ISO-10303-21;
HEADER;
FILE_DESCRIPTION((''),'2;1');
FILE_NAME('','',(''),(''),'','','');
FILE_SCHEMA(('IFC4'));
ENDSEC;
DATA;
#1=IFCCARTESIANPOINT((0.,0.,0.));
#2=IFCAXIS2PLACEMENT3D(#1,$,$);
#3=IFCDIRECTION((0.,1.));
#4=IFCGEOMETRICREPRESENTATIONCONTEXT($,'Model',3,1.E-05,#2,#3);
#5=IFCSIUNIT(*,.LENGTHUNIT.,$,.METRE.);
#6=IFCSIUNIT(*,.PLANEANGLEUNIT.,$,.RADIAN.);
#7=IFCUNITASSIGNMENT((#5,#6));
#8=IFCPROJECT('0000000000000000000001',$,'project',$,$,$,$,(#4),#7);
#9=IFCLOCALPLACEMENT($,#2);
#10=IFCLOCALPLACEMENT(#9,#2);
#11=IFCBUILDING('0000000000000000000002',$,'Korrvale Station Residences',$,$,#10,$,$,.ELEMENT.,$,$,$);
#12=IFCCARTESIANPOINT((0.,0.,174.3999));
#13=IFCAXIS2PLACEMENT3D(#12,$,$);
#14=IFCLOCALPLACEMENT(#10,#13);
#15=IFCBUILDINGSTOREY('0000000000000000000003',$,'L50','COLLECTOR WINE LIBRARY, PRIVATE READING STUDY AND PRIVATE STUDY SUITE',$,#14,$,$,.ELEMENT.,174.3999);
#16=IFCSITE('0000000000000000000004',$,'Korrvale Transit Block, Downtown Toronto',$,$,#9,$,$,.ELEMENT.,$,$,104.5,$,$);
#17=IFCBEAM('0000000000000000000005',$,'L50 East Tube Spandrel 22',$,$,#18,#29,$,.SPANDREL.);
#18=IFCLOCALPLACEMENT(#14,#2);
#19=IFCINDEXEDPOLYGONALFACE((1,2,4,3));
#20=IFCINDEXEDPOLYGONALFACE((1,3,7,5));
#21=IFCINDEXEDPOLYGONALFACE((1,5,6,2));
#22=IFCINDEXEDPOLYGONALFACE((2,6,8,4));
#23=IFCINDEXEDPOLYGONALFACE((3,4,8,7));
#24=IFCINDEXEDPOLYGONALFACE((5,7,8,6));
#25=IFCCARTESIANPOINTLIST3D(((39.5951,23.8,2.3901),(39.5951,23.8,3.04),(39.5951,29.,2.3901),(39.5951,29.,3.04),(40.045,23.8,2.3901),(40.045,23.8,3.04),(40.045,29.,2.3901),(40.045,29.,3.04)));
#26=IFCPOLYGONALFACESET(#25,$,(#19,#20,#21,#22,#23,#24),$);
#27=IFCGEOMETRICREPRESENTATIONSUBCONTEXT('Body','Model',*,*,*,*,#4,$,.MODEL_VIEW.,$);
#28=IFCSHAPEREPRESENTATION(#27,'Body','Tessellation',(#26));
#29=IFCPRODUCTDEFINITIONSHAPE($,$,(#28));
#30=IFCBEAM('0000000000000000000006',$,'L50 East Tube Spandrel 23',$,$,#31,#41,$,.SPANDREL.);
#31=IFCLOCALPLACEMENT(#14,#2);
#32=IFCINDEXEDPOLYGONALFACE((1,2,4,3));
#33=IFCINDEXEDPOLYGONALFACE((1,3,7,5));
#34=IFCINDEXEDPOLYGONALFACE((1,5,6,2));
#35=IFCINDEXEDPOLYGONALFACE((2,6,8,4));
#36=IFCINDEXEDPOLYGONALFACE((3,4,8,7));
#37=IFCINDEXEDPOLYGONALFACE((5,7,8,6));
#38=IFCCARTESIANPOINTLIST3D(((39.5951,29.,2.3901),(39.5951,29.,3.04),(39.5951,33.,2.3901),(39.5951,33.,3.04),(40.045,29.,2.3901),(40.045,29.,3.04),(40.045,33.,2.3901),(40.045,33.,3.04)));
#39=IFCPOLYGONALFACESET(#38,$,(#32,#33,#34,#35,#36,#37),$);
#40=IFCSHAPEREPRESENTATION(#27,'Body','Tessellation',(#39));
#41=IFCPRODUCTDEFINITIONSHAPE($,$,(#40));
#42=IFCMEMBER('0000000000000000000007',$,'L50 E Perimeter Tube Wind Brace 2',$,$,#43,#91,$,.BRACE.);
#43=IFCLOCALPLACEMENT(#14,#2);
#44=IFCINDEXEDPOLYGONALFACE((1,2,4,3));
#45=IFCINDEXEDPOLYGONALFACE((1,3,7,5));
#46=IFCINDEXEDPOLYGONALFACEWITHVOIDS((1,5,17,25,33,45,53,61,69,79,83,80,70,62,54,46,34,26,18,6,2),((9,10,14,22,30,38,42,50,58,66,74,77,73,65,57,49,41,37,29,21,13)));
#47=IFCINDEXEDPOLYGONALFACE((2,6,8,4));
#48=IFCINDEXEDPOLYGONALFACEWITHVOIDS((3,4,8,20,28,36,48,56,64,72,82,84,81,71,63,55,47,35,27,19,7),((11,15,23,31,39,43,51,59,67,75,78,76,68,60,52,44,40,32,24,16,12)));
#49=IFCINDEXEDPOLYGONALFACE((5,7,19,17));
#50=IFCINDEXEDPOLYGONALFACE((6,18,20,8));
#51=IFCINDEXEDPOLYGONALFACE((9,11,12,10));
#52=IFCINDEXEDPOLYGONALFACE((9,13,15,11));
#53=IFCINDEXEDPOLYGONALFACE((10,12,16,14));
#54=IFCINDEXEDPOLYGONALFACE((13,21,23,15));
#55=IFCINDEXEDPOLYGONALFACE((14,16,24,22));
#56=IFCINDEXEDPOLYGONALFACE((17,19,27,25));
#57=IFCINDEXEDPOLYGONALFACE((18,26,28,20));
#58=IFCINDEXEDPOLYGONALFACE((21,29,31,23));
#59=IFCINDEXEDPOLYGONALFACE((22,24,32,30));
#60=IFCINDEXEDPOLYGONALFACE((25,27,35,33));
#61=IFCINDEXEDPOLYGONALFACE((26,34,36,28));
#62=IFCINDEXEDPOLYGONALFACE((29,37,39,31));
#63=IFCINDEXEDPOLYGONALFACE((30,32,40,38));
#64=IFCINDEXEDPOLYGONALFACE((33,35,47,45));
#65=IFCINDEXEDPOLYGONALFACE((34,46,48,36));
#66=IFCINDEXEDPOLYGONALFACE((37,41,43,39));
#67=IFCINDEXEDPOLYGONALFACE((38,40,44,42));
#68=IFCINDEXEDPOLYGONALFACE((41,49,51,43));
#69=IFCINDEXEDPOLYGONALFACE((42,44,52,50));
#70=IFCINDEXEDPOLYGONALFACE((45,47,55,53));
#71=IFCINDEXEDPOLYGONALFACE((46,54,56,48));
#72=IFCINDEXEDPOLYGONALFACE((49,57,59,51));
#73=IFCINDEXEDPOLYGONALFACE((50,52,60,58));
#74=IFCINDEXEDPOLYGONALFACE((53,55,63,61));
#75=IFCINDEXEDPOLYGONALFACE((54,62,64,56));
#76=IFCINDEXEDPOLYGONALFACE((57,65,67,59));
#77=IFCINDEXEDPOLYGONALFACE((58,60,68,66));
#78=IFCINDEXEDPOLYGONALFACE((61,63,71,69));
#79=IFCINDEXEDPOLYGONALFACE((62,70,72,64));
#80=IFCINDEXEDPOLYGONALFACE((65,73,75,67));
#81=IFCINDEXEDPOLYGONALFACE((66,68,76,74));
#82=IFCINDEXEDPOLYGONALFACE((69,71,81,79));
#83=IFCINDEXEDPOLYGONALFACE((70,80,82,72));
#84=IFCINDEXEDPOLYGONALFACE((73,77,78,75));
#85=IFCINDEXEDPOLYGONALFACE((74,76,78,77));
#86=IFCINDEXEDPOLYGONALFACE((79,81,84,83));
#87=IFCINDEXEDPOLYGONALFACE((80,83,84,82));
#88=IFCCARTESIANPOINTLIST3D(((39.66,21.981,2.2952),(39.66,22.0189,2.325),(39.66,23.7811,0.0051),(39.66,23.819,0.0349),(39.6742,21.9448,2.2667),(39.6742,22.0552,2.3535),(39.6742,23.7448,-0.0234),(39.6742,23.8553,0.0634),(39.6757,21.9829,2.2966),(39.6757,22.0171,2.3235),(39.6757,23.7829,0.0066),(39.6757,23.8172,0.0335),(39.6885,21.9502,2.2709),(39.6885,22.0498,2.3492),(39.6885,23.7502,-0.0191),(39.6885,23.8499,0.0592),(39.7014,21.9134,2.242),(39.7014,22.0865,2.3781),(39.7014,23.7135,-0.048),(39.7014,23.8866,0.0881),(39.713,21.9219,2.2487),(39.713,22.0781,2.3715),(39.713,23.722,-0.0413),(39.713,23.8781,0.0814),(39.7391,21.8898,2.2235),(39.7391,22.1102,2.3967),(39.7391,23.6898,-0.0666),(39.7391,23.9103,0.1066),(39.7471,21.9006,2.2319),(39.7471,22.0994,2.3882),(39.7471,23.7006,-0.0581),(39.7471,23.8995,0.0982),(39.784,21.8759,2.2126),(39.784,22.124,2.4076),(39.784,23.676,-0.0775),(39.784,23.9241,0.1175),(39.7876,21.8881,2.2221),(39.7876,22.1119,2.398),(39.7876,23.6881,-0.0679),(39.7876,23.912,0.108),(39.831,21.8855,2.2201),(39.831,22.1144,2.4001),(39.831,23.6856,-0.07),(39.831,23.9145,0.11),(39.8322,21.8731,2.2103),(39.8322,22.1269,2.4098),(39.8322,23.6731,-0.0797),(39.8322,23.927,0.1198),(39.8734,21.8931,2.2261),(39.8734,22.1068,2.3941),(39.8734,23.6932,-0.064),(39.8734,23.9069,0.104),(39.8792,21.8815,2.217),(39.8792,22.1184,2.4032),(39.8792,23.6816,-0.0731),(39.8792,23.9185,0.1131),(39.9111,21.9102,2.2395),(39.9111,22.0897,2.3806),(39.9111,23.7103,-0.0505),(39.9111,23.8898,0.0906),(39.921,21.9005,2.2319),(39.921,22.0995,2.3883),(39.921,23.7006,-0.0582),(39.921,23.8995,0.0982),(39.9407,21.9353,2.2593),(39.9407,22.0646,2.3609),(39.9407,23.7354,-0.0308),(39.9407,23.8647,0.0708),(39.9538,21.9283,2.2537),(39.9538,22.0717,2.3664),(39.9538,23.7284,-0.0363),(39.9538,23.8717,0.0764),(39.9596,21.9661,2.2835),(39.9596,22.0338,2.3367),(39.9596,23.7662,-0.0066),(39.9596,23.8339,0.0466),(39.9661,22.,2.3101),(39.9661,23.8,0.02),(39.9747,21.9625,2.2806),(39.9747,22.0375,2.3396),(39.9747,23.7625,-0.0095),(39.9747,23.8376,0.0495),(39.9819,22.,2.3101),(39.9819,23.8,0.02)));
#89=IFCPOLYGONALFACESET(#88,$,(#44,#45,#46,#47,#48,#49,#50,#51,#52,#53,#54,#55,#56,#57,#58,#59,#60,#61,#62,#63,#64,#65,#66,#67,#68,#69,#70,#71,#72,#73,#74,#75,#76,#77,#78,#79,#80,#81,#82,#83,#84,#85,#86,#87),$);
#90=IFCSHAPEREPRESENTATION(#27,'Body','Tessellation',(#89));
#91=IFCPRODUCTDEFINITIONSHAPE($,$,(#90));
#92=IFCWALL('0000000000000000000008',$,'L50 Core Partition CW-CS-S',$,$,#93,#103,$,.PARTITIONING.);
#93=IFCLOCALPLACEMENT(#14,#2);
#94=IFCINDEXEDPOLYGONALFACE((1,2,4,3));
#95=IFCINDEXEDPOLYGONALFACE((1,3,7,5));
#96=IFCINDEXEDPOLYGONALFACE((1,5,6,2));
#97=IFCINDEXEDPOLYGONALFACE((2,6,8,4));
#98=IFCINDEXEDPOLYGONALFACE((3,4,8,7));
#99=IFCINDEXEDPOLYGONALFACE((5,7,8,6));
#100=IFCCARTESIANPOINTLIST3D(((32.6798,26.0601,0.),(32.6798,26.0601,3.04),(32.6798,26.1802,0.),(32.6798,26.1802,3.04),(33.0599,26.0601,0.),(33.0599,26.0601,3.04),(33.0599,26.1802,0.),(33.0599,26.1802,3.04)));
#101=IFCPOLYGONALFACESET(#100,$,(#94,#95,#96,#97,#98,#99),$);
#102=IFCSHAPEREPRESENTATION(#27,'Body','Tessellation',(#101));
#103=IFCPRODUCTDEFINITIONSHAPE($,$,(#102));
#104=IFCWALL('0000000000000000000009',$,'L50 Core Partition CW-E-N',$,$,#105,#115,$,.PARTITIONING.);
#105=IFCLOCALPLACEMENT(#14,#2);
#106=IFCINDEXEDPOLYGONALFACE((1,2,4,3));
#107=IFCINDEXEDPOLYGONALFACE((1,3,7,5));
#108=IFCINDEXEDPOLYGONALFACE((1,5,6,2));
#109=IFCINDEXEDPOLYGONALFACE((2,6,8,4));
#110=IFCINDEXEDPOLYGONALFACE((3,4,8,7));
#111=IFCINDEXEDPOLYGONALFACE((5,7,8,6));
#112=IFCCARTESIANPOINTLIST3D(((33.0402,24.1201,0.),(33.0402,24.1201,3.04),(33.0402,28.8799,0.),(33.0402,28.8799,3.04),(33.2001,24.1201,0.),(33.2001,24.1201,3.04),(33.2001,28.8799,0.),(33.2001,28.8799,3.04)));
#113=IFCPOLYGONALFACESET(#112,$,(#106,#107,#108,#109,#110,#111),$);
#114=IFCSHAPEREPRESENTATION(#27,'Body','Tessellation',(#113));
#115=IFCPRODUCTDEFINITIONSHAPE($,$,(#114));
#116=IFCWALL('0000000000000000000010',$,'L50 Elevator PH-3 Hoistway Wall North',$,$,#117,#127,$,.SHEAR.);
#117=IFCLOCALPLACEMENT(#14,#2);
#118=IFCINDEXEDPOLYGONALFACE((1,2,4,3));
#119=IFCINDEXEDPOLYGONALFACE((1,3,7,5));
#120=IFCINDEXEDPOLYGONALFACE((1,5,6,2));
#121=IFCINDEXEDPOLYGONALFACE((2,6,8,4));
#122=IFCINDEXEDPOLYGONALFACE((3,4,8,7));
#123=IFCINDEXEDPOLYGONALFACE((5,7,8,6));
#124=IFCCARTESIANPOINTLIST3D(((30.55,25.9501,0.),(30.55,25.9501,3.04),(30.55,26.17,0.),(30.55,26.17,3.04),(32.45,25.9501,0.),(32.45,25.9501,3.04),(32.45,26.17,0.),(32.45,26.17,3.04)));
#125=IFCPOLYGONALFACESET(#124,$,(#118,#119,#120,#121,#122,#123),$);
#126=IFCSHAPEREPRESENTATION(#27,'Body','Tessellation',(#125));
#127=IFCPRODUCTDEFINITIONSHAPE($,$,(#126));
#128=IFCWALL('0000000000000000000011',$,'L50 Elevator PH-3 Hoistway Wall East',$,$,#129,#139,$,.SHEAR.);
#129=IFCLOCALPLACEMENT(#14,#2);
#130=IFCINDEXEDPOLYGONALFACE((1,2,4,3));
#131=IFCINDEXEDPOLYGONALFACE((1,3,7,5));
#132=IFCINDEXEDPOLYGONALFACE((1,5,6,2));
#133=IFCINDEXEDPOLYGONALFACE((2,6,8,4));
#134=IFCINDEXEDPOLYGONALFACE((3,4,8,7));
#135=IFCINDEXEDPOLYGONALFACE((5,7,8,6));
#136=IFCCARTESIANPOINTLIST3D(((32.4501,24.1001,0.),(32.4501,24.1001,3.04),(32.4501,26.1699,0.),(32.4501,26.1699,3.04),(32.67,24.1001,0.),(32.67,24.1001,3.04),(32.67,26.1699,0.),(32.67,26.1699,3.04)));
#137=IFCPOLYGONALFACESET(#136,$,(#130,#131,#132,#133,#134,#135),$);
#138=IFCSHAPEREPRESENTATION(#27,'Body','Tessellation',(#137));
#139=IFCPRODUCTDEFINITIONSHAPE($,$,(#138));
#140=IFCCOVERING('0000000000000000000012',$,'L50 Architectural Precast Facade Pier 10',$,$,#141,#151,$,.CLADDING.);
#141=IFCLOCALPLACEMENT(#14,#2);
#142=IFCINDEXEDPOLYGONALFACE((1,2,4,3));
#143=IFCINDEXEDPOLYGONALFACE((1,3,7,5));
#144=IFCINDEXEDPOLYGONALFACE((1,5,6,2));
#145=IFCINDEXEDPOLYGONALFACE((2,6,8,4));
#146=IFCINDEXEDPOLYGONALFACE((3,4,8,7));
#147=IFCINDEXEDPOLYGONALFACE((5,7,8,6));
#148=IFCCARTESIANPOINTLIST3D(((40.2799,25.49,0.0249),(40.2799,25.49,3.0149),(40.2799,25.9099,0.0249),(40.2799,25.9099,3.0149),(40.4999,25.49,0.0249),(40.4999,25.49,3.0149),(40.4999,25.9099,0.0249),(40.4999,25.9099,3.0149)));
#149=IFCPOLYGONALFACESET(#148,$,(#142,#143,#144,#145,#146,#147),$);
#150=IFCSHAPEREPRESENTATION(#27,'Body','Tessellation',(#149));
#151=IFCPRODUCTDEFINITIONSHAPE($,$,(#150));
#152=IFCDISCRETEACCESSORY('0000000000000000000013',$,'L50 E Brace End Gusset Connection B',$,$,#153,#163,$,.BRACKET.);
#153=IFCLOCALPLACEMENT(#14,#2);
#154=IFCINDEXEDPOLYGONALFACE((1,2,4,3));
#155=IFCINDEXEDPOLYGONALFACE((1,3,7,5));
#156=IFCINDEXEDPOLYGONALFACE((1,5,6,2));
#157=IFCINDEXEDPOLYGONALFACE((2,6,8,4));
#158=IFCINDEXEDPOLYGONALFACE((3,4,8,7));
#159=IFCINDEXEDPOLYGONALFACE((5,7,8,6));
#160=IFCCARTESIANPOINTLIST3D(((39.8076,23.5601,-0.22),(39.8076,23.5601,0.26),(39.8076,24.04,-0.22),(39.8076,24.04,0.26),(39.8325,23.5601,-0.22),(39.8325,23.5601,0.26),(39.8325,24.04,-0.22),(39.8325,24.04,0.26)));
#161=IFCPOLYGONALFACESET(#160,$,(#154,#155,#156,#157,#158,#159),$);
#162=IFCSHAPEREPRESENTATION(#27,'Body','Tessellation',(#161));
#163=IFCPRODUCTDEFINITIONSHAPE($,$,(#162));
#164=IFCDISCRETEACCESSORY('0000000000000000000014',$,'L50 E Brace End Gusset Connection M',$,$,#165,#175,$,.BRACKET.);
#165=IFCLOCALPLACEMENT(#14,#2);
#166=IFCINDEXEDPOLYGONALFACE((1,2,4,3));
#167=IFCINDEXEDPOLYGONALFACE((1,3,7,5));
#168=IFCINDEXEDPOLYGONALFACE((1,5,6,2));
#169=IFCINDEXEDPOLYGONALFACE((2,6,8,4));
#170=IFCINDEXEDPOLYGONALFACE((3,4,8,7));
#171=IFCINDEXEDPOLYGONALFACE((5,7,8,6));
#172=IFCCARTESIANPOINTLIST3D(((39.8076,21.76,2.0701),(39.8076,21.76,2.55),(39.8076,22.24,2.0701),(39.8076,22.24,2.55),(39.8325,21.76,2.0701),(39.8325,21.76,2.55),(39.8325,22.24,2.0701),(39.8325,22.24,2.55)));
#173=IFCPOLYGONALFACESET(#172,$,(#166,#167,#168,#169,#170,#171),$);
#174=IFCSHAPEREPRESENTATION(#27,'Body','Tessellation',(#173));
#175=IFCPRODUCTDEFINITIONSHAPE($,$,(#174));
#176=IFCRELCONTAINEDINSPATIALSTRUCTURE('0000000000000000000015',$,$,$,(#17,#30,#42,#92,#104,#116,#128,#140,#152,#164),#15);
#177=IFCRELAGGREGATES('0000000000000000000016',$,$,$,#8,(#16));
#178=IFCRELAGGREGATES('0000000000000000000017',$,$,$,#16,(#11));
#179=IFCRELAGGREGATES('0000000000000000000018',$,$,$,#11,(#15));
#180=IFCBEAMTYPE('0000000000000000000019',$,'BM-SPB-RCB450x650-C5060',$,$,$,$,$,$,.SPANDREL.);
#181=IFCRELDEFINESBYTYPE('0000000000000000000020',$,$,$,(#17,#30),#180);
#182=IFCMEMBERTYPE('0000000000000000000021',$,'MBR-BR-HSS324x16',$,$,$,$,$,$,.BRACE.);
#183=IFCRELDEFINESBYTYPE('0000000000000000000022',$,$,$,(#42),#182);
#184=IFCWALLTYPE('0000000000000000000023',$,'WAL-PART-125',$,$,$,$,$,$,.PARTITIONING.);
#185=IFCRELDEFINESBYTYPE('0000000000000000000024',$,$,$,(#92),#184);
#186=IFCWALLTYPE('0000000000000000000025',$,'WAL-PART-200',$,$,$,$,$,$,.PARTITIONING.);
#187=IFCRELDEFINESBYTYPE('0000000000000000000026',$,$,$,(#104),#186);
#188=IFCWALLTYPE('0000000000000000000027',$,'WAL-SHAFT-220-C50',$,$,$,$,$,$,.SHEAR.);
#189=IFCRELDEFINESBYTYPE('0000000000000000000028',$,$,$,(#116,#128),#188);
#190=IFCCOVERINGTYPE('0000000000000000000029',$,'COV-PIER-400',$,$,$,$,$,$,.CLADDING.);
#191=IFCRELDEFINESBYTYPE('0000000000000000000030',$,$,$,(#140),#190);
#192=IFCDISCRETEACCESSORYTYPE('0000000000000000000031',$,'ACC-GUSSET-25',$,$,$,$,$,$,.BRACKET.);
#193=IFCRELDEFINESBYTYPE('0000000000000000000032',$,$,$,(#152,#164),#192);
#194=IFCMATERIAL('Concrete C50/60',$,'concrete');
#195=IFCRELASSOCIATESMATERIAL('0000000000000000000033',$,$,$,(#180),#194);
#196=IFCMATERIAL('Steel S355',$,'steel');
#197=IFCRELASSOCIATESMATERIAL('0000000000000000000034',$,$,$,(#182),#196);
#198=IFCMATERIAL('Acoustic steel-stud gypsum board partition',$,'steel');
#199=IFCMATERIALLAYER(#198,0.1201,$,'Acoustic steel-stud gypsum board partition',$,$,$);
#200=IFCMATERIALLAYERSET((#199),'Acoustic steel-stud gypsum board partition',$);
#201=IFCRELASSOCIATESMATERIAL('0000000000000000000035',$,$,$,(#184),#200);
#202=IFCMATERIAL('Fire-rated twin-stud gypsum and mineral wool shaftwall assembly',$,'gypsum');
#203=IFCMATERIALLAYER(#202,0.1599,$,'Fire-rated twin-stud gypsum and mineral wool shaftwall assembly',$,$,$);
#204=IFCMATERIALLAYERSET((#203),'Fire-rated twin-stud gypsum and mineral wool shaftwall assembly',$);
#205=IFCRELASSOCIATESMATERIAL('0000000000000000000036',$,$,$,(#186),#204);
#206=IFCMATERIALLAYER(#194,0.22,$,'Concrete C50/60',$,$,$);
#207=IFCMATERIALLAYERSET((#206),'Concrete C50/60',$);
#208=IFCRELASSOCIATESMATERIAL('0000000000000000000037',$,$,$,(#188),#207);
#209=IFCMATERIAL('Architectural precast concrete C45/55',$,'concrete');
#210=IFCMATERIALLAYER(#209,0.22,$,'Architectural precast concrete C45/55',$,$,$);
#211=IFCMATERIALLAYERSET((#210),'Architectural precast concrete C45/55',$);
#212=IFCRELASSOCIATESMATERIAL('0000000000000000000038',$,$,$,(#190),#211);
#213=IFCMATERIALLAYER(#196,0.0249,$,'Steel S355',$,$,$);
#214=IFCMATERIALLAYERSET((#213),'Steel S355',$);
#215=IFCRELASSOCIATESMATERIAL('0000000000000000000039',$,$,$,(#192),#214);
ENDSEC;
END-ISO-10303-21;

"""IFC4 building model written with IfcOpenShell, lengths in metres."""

from ifc_helpers import new_model, si_unit, direction, frame, frame_2d, origin, origin_2d, place, context, subcontext, project, spatial, rectangle, hollow_circle, extrude, material, layer, layer_set, material_profile, profile_set, type_object, element, save


model = new_model("IFC4")

# Units and contexts
model_context = context("Model", 3, precision=1e-05, world=origin(), true_north=direction((0.0, 1.0)))
body_context = subcontext(model_context, "Body", "Model", "MODEL_VIEW")
ifc_project = project(units=[si_unit("LENGTHUNIT", "METRE"), si_unit("PLANEANGLEUNIT", "RADIAN")], contexts=[model_context])

# Site, building, storey
site_placement = place(None, origin())
site = spatial("IfcSite", under=ifc_project, at=site_placement, Name="Korrvale Transit Block, Downtown Toronto", CompositionType="ELEMENT", RefElevation=104.5)
building_placement = place(site_placement, origin())
building = spatial("IfcBuilding", under=site, at=building_placement, Name="Korrvale Station Residences", CompositionType="ELEMENT")
storey_placement = place(building_placement, frame((0.0, 0.0, 174.3999)))
storey = spatial("IfcBuildingStorey", under=building, at=storey_placement, Name="L50", Description="COLLECTOR WINE LIBRARY, PRIVATE READING STUDY AND PRIVATE STUDY SUITE", CompositionType="ELEMENT", Elevation=174.3999)

# Shared definitions
ifc_material_1 = material(Name="Concrete C50/60", Category="concrete")

# Beams
ifc_material_2 = material(Name="Steel S355", Category="steel")
ifc_material_profile_1 = material_profile(ifc_material_1, rectangle(XDim=0.45, YDim=0.6499, at=origin_2d()), Name="RCB450x650")
ifc_profile_set_1 = profile_set([ifc_material_profile_1], Name="Concrete C50/60")
beam_type_1 = type_object("IfcBeamType", Name="BM-SPB-RCB450x650-C5060", PredefinedType="SPANDREL", material=ifc_profile_set_1)
beam_1_placement = place(storey_placement, frame((39.8201, 23.8, 2.7151), z_axis=(0.0, 1.0, 0.0), x_axis=(-1.0, 0.0, 0.0)))
element("IfcBeam", 1, at=beam_1_placement, inside=storey, type_object=beam_type_1, Name="L50 East Tube Spandrel 22", PredefinedType="SPANDREL", context=body_context, shape_type="SweptSolid", body=[
    extrude(rectangle(XDim=0.45, YDim=0.6499, at=origin_2d()), origin(), (0.0, 0.0, 1.0), 5.2),
])
beam_2_placement = place(storey_placement, frame((39.8201, 29.0, 2.7151), z_axis=(0.0, 1.0, 0.0), x_axis=(-1.0, 0.0, 0.0)))
element("IfcBeam", 2, at=beam_2_placement, inside=storey, type_object=beam_type_1, Name="L50 East Tube Spandrel 23", PredefinedType="SPANDREL", context=body_context, shape_type="SweptSolid", body=[
    extrude(rectangle(XDim=0.45, YDim=0.6499, at=origin_2d()), origin(), (0.0, 0.0, 1.0), 4.0),
])

# Member
ifc_material_profile_2 = material_profile(ifc_material_2, hollow_circle(Radius=0.1619, WallThickness=0.0159, at=origin_2d()), Name="HSS324x16")
ifc_profile_set_2 = profile_set([ifc_material_profile_2], Name="Steel S355")
member_type = type_object("IfcMemberType", Name="MBR-BR-HSS324x16", PredefinedType="BRACE", material=ifc_profile_set_2)
member_placement = place(storey_placement, frame((39.8201, 23.8, 0.02), z_axis=(0.0, -0.617977, 0.786196), x_axis=(1.0, 0.0, 0.0)))
element("IfcMember", 3, at=member_placement, inside=storey, type_object=member_type, Name="L50 E Perimeter Tube Wind Brace 2", PredefinedType="BRACE", context=body_context, shape_type="SweptSolid", body=[
    extrude(hollow_circle(Radius=0.1619, WallThickness=0.0159, at=origin_2d()), origin(), (0.0, 0.0, 1.0), 2.9128),
])

# Walls
ifc_material_3 = material(Name="Acoustic steel-stud gypsum board partition", Category="steel")
ifc_layer_1 = layer(ifc_material_3, 0.1201, Name="Acoustic steel-stud gypsum board partition")
ifc_layer_set_1 = layer_set([ifc_layer_1], Name="Acoustic steel-stud gypsum board partition")
wall_type_1 = type_object("IfcWallType", Name="WAL-PART-125", PredefinedType="PARTITIONING", material=ifc_layer_set_1)
wall_1_placement = place(storey_placement, frame((32.6799, 26.1201, 0.0), z_axis=(0.0, 0.0, 1.0), x_axis=(1.0, 0.0, 0.0)))
element("IfcWall", 4, at=wall_1_placement, inside=storey, type_object=wall_type_1, Name="L50 Core Partition CW-CS-S", PredefinedType="PARTITIONING", context=body_context, shape_type="SweptSolid", body=[
    extrude(rectangle(XDim=0.3801, YDim=0.1201, at=frame_2d((0.1899, 0.0))), origin(), (0.0, 0.0, 1.0), 3.04),
])
ifc_material_4 = material(Name="Fire-rated twin-stud gypsum and mineral wool shaftwall assembly", Category="gypsum")
ifc_layer_2 = layer(ifc_material_4, 0.1599, Name="Fire-rated twin-stud gypsum and mineral wool shaftwall assembly")
ifc_layer_set_2 = layer_set([ifc_layer_2], Name="Fire-rated twin-stud gypsum and mineral wool shaftwall assembly")
wall_type_2 = type_object("IfcWallType", Name="WAL-PART-200", PredefinedType="PARTITIONING", material=ifc_layer_set_2)
wall_2_placement = place(storey_placement, frame((33.1201, 24.1201, 0.0), z_axis=(0.0, 0.0, 1.0), x_axis=(0.0, 1.0, 0.0)))
element("IfcWall", 5, at=wall_2_placement, inside=storey, type_object=wall_type_2, Name="L50 Core Partition CW-E-N", PredefinedType="PARTITIONING", context=body_context, shape_type="SweptSolid", body=[
    extrude(rectangle(XDim=4.7598, YDim=0.1599, at=frame_2d((2.3799, 0.0))), origin(), (0.0, 0.0, 1.0), 3.04),
])
ifc_layer_3 = layer(ifc_material_1, 0.22, Name="Concrete C50/60")
ifc_layer_set_3 = layer_set([ifc_layer_3], Name="Concrete C50/60")
wall_type_3 = type_object("IfcWallType", Name="WAL-SHAFT-220-C50", PredefinedType="SHEAR", material=ifc_layer_set_3)
wall_3_placement = place(storey_placement, frame((30.55, 26.0601, 0.0), z_axis=(0.0, 0.0, 1.0), x_axis=(1.0, 0.0, 0.0)))
element("IfcWall", 6, at=wall_3_placement, inside=storey, type_object=wall_type_3, Name="L50 Elevator PH-3 Hoistway Wall North", PredefinedType="SHEAR", context=body_context, shape_type="SweptSolid", body=[
    extrude(rectangle(XDim=1.8999, YDim=0.22, at=frame_2d((0.95, 0.0))), origin(), (0.0, 0.0, 1.0), 3.04),
])

# Wall
wall_4_placement = place(storey_placement, frame((32.5601, 24.1001, 0.0), z_axis=(0.0, 0.0, 1.0), x_axis=(0.0, 1.0, 0.0)))
element("IfcWall", 7, at=wall_4_placement, inside=storey, type_object=wall_type_3, Name="L50 Elevator PH-3 Hoistway Wall East", PredefinedType="SHEAR", context=body_context, shape_type="SweptSolid", body=[
    extrude(rectangle(XDim=2.0698, YDim=0.22, at=frame_2d((1.0349, 0.0))), origin(), (0.0, 0.0, 1.0), 3.04),
])

# Covering
ifc_material_5 = material(Name="Architectural precast concrete C45/55", Category="concrete")
ifc_layer_4 = layer(ifc_material_5, 0.22, Name="Architectural precast concrete C45/55")
ifc_layer_set_4 = layer_set([ifc_layer_4], Name="Architectural precast concrete C45/55")
covering_type = type_object("IfcCoveringType", Name="COV-PIER-400", PredefinedType="CLADDING", material=ifc_layer_set_4)
covering_placement = place(storey_placement, frame((40.3899, 25.7, 0.0249), z_axis=(0.0, 0.0, 1.0), x_axis=(0.0, 1.0, 0.0)))
element("IfcCovering", 8, at=covering_placement, inside=storey, type_object=covering_type, Name="L50 Architectural Precast Facade Pier 10", PredefinedType="CLADDING", context=body_context, shape_type="SweptSolid", body=[
    extrude(rectangle(XDim=0.4199, YDim=0.22, at=origin_2d()), origin(), (0.0, 0.0, 1.0), 2.99),
])

# Discrete accessories
ifc_layer_5 = layer(ifc_material_2, 0.0249, Name="Steel S355")
ifc_layer_set_5 = layer_set([ifc_layer_5], Name="Steel S355")
discrete_accessory_type = type_object("IfcDiscreteAccessoryType", Name="ACC-GUSSET-25", PredefinedType="BRACKET", material=ifc_layer_set_5)
for number, where, z_axis, x_axis, name in (
    (9, (39.8201, 23.8, -0.22), (0.0, 0.0, 1.0), (0.0, 1.0, 0.0), "L50 E Brace End Gusset Connection B"),
    (10, (39.8201, 22.0, 2.0701), (0.0, 0.0, 1.0), (0.0, 1.0, 0.0), "L50 E Brace End Gusset Connection M"),
):
    element("IfcDiscreteAccessory", number, at=place(storey_placement, frame(where, z_axis=z_axis, x_axis=x_axis)), inside=storey, type_object=discrete_accessory_type, Name=name, PredefinedType="BRACKET", context=body_context, shape_type="SweptSolid", body=[
        extrude(rectangle(XDim=0.48, YDim=0.0249, at=origin_2d()), origin(), (0.0, 0.0, 1.0), 0.48),
    ])

save(model, "model.ifc")
